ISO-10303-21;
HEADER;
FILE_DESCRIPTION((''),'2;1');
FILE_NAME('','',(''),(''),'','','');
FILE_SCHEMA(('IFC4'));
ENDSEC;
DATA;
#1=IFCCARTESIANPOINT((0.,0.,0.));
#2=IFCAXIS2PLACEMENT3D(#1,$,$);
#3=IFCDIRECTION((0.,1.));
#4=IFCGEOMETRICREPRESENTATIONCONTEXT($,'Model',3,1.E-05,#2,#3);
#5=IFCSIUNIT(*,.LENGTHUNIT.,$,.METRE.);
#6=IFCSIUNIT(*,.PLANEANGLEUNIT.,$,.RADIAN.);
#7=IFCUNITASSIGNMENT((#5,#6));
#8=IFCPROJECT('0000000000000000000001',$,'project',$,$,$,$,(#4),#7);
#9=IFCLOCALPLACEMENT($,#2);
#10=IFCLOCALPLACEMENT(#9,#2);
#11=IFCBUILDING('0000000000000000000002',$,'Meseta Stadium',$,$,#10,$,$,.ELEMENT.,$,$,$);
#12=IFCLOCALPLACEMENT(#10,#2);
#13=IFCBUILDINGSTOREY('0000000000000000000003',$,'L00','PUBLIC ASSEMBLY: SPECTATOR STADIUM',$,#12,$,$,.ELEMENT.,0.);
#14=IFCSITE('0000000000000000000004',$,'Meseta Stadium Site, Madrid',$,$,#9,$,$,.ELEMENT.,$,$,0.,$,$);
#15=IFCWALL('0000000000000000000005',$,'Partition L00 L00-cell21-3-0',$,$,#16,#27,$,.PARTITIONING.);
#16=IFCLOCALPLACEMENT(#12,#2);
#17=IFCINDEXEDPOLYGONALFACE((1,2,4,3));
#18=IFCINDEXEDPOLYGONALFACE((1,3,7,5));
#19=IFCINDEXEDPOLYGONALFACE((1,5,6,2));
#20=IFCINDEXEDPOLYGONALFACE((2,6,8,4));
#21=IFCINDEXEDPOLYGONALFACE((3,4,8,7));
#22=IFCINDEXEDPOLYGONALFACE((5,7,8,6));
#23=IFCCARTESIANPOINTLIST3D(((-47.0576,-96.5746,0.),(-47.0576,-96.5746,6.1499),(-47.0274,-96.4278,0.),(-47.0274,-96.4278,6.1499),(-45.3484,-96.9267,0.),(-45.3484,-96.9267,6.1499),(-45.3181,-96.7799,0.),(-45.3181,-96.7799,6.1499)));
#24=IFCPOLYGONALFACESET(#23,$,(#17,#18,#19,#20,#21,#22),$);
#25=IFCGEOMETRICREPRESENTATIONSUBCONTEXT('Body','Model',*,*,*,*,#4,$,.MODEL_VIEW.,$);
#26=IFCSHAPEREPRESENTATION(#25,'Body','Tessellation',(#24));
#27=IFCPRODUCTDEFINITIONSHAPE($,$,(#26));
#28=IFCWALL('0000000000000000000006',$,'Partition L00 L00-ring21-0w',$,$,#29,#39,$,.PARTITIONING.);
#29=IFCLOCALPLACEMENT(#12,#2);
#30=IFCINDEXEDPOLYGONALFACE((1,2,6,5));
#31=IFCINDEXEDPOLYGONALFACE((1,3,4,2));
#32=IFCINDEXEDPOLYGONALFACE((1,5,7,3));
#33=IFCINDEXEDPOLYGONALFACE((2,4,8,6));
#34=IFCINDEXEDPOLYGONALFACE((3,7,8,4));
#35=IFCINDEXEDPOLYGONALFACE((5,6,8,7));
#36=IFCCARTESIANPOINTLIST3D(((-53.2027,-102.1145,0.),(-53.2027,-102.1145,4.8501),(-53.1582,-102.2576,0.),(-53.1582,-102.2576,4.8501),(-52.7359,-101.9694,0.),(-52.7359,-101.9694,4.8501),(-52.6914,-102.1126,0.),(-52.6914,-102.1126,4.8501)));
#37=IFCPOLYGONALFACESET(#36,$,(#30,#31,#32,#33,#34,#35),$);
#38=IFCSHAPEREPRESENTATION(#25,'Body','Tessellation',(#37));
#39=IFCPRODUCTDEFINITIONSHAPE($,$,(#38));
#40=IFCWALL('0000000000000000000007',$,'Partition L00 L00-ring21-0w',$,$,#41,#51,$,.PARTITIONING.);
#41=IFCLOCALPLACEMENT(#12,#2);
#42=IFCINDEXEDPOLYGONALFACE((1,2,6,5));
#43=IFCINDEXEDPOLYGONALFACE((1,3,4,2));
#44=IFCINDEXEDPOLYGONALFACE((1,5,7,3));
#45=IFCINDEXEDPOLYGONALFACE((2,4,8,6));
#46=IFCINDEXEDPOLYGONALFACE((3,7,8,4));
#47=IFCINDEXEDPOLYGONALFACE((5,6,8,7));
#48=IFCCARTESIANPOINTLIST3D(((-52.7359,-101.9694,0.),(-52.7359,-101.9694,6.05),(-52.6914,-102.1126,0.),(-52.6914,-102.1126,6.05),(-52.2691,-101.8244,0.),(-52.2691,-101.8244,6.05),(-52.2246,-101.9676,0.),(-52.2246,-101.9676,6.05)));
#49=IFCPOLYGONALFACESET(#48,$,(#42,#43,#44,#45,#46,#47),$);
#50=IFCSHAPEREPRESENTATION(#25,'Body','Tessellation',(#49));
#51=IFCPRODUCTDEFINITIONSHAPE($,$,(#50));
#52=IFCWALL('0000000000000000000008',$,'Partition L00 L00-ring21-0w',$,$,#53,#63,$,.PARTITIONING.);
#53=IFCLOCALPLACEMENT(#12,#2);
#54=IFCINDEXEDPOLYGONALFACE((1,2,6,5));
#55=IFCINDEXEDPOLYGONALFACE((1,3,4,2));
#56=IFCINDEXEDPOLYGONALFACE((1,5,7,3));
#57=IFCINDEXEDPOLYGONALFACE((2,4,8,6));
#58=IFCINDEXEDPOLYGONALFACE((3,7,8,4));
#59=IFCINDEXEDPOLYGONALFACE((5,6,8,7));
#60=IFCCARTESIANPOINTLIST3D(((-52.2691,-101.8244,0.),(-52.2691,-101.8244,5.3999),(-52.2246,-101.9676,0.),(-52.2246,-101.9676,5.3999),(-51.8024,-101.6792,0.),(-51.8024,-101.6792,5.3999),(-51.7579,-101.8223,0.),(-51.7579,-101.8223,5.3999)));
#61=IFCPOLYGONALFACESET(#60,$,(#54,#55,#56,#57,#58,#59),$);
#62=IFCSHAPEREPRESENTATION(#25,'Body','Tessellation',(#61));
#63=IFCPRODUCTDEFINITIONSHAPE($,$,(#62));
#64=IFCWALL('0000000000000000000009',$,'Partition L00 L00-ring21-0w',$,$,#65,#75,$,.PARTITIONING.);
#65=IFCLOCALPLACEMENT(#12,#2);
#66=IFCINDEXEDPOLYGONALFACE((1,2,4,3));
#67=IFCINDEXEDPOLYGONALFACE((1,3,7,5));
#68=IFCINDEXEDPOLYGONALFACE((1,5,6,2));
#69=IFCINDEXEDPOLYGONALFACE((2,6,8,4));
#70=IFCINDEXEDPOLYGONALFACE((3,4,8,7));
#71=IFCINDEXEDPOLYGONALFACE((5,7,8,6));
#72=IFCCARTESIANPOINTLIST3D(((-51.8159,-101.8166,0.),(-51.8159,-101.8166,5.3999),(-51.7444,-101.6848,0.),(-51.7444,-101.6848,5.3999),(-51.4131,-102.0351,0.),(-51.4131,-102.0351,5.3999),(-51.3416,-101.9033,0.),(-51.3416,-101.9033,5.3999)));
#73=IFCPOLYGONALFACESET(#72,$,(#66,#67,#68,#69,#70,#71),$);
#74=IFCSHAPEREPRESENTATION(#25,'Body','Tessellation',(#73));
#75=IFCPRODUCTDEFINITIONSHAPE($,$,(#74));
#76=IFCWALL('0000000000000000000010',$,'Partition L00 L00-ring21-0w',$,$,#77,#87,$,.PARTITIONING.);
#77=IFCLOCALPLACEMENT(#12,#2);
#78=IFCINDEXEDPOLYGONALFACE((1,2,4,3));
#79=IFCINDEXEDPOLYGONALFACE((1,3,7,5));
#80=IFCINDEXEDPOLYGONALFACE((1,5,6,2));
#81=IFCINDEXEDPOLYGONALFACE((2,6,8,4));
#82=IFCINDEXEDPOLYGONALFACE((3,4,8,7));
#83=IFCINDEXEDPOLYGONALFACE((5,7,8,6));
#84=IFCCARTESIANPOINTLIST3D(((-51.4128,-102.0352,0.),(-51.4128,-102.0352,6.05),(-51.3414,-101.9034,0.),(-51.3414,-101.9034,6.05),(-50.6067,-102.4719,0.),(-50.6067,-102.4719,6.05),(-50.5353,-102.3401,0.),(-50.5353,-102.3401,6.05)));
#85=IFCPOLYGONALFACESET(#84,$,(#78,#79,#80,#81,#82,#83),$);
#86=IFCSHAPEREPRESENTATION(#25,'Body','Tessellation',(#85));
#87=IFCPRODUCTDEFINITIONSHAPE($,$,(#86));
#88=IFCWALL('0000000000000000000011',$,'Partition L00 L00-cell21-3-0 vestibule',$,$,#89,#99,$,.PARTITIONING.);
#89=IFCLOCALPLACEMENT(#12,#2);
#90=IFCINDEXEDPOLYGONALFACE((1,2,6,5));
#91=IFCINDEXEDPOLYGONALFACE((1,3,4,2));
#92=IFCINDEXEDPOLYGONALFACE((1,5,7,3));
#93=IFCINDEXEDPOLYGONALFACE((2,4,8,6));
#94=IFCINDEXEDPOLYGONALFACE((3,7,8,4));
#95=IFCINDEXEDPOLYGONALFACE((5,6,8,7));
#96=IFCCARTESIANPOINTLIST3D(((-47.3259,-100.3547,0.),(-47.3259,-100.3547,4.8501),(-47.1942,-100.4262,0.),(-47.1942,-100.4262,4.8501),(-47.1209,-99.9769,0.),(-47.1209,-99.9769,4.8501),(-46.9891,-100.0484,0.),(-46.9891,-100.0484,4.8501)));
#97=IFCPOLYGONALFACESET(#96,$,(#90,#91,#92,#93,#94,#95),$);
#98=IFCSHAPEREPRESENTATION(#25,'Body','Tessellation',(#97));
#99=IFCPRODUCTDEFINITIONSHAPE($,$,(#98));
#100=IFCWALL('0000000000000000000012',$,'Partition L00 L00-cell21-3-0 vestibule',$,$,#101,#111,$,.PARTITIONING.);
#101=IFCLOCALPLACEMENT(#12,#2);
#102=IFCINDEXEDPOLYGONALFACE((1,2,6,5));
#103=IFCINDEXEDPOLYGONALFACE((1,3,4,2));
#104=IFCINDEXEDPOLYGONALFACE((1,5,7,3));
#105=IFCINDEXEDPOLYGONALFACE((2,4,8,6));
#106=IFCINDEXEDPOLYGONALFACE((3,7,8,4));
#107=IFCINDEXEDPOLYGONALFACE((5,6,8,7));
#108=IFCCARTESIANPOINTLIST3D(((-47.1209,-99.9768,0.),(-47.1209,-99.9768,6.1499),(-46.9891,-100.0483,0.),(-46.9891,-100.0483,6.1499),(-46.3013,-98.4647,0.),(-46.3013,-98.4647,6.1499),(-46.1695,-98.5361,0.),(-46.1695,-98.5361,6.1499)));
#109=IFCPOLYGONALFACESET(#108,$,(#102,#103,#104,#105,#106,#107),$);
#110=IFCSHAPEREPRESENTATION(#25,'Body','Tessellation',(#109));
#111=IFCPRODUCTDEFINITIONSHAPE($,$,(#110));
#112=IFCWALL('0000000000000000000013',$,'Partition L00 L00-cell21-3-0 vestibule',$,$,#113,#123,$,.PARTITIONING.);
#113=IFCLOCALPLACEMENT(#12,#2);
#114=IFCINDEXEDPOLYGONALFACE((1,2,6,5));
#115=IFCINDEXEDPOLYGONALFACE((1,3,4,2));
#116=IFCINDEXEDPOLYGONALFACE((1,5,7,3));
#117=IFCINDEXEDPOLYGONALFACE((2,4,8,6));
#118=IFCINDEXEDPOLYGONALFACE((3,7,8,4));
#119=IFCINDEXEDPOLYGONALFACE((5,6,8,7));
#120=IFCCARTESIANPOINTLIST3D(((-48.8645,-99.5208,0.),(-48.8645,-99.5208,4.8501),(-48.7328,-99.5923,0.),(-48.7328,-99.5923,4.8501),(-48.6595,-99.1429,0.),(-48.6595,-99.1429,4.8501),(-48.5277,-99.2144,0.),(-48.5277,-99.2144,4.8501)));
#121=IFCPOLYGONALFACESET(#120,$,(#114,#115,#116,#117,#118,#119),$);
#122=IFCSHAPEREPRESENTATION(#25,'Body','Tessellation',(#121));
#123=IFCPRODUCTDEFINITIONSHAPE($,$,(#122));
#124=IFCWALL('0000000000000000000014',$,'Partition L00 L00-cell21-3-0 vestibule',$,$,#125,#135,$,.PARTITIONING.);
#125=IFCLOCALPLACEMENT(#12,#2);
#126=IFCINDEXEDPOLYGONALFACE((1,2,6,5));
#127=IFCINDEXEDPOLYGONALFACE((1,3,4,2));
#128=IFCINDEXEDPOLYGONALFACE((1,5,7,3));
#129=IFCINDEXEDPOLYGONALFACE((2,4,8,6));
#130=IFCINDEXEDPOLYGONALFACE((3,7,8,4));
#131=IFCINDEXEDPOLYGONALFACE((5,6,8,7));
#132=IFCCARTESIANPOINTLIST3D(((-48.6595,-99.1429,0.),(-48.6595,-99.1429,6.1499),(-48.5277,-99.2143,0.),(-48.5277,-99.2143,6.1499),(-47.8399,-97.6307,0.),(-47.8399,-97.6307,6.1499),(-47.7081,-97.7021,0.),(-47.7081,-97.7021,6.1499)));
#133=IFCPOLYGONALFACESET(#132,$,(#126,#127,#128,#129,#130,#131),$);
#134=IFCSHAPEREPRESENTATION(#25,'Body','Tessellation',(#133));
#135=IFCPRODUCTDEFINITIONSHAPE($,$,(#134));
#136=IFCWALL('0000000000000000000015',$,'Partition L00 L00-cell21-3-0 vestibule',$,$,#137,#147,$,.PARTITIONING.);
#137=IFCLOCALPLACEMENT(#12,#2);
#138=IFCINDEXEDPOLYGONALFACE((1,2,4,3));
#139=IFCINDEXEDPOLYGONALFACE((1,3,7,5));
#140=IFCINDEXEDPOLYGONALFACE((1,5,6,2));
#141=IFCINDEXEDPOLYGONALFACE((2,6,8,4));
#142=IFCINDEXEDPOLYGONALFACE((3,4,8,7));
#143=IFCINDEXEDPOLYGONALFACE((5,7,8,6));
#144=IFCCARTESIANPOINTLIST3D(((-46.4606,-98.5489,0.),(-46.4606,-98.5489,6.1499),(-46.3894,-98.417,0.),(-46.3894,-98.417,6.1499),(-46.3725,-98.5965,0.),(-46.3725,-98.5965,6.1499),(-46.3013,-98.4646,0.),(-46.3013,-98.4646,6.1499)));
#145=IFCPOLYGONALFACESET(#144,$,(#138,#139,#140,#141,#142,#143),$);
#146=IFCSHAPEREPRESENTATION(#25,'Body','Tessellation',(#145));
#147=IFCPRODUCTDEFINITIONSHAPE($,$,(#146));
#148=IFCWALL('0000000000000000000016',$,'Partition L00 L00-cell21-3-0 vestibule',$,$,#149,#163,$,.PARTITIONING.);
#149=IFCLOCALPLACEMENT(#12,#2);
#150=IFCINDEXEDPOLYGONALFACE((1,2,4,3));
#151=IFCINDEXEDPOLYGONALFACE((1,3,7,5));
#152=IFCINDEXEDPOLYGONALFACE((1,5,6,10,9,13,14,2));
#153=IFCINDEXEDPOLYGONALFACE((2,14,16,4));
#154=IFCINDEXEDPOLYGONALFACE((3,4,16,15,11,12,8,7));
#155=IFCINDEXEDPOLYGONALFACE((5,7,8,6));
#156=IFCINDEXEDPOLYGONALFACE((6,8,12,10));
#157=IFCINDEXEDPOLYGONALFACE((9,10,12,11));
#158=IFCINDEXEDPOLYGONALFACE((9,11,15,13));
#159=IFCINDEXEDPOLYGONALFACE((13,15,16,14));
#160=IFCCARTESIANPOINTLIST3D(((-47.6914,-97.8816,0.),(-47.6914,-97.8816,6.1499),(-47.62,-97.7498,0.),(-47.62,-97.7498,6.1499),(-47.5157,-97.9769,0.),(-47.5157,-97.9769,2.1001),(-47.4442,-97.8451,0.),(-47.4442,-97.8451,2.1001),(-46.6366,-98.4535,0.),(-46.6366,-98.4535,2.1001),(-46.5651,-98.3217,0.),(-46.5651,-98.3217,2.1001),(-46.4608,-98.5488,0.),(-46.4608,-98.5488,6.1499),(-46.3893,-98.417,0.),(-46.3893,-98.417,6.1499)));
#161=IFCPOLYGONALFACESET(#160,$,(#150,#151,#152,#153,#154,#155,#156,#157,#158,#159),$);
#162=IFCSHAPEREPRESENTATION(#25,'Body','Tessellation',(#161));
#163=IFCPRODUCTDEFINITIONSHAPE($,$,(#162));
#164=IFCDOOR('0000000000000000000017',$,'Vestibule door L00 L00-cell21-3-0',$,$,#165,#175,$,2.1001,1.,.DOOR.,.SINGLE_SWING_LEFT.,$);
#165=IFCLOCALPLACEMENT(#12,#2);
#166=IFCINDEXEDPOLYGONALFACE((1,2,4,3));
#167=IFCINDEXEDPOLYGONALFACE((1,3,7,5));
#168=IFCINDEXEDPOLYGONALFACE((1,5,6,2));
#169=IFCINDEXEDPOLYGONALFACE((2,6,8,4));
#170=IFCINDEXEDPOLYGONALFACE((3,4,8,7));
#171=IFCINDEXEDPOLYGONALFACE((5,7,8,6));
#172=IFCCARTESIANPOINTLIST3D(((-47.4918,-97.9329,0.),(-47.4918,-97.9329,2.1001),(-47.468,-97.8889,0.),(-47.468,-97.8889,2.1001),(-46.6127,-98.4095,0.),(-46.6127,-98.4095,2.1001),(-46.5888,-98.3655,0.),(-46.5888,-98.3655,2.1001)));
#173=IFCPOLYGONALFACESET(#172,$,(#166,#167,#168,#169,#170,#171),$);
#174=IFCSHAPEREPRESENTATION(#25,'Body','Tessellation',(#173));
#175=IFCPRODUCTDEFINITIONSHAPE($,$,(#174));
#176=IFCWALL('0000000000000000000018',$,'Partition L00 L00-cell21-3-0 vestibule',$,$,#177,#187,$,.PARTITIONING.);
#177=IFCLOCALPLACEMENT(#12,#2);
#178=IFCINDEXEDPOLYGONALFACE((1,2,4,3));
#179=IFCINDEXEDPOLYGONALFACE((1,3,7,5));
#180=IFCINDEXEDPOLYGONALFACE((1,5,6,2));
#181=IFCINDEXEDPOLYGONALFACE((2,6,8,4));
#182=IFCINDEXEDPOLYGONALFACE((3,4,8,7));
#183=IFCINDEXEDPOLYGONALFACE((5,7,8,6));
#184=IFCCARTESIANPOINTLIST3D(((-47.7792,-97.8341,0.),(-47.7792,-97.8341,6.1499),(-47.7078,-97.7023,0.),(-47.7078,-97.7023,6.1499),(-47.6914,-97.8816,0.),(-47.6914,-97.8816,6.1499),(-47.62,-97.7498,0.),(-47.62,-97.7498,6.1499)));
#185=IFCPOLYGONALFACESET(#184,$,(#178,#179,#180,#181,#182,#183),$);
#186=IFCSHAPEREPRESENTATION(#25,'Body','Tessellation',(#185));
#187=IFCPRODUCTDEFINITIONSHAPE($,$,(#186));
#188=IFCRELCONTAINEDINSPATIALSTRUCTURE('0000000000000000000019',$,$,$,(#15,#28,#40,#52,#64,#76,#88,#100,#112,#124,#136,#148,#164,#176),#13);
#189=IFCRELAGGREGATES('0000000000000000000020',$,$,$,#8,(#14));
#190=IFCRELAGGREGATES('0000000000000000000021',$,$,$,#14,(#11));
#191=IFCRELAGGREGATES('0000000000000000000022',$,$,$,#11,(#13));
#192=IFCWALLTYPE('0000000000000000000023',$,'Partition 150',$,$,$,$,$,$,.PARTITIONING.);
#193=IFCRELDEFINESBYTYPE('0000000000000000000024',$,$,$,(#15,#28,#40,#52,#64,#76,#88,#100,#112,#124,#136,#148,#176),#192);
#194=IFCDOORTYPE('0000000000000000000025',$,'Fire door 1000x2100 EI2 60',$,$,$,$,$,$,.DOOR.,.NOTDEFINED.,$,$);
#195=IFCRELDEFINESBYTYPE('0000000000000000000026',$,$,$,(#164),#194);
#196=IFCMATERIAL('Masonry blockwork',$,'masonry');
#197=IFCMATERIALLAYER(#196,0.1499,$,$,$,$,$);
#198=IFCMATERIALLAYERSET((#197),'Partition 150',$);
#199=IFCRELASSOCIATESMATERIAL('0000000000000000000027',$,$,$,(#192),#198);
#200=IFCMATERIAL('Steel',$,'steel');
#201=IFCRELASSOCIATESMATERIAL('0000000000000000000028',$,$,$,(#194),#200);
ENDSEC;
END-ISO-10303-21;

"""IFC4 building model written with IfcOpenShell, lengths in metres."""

from ifc_helpers import new_model, si_unit, direction, frame, frame_2d, origin, place, context, subcontext, project, spatial, rectangle, extrude, material, layer, layer_set, type_object, element, fill, save


model = new_model("IFC4")

# Units and contexts
model_context = context("Model", 3, precision=1e-05, world=origin(), true_north=direction((0.0, 1.0)))
body_context = subcontext(model_context, "Body", "Model", "MODEL_VIEW")
ifc_project = project(units=[si_unit("LENGTHUNIT", "METRE"), si_unit("PLANEANGLEUNIT", "RADIAN")], contexts=[model_context])

# Site, building, storey
site_placement = place(None, origin())
site = spatial("IfcSite", under=ifc_project, at=site_placement, Name="Meseta Stadium Site, Madrid", CompositionType="ELEMENT", RefElevation=0.0)
building_placement = place(site_placement, origin())
building = spatial("IfcBuilding", under=site, at=building_placement, Name="Meseta Stadium", CompositionType="ELEMENT")
storey_placement = place(building_placement, origin())
storey = spatial("IfcBuildingStorey", under=building, at=storey_placement, Name="L00", Description="PUBLIC ASSEMBLY: SPECTATOR STADIUM", CompositionType="ELEMENT", Elevation=0.0)

# Shared definitions
ifc_material_1 = material(Name="Masonry blockwork", Category="masonry")
ifc_layer_1 = layer(ifc_material_1, 0.1499)
ifc_layer_set_1 = layer_set([ifc_layer_1], Name="Partition 150")
wall_type_1 = type_object("IfcWallType", Name="Partition 150", PredefinedType="PARTITIONING", material=ifc_layer_set_1)
ifc_material_2 = material(Name="Steel", Category="steel")
door_type = type_object("IfcDoorType", Name="Fire door 1000x2100 EI2 60", OperationType="NOTDEFINED", PredefinedType="DOOR", material=ifc_material_2)

# Walls
wall_1_placement = place(storey_placement, frame((-47.0425, -96.5012, 0.0), z_axis=(0.0, 0.0, 1.0), x_axis=(0.97944, -0.201736, 0.0)))
element("IfcWall", 1, at=wall_1_placement, inside=storey, type_object=wall_type_1, Name="Partition L00 L00-cell21-3-0", PredefinedType="PARTITIONING", context=body_context, shape_type="SweptSolid", body=[
    extrude(rectangle(XDim=1.7451, YDim=0.1499, at=frame_2d((0.8726, 0.0))), origin(), (0.0, 0.0, 1.0), 6.1499),
])
wall_2_placement = place(storey_placement, frame((-53.1804, -102.186, 0.0), z_axis=(0.0, 0.0, 1.0), x_axis=(0.954976, 0.296682, 0.0)))
element("IfcWall", 2, at=wall_2_placement, inside=storey, type_object=wall_type_1, Name="Partition L00 L00-ring21-0w", PredefinedType="PARTITIONING", context=body_context, shape_type="SweptSolid", body=[
    extrude(rectangle(XDim=0.4888, YDim=0.1499, at=frame_2d((0.2444, 0.0))), origin(), (0.0, 0.0, 1.0), 4.8501),
])
wall_3_placement = place(storey_placement, frame((-52.7136, -102.041, 0.0), z_axis=(0.0, 0.0, 1.0), x_axis=(0.954976, 0.296682, 0.0)))
element("IfcWall", 3, at=wall_3_placement, inside=storey, type_object=wall_type_1, Name="Partition L00 L00-ring21-0w", PredefinedType="PARTITIONING", context=body_context, shape_type="SweptSolid", body=[
    extrude(rectangle(XDim=0.4888, YDim=0.1499, at=frame_2d((0.2444, 0.0))), origin(), (0.0, 0.0, 1.0), 6.05),
])
wall_4_placement = place(storey_placement, frame((-52.2468, -101.896, 0.0), z_axis=(0.0, 0.0, 1.0), x_axis=(0.954835, 0.297137, 0.0)))
element("IfcWall", 4, at=wall_4_placement, inside=storey, type_object=wall_type_1, Name="Partition L00 L00-ring21-0w", PredefinedType="PARTITIONING", context=body_context, shape_type="SweptSolid", body=[
    extrude(rectangle(XDim=0.4888, YDim=0.1499, at=frame_2d((0.2444, 0.0))), origin(), (0.0, 0.0, 1.0), 5.3999),
])
wall_5_placement = place(storey_placement, frame((-51.78, -101.7507, 0.0), z_axis=(0.0, 0.0, 1.0), x_axis=(0.879013, -0.476798, 0.0)))
element("IfcWall", 5, at=wall_5_placement, inside=storey, type_object=wall_type_1, Name="Partition L00 L00-ring21-0w", PredefinedType="PARTITIONING", context=body_context, shape_type="SweptSolid", body=[
    extrude(rectangle(XDim=0.4583, YDim=0.1499, at=frame_2d((0.229, 0.0))), origin(), (0.0, 0.0, 1.0), 5.3999),
])
wall_6_placement = place(storey_placement, frame((-51.3772, -101.9692, 0.0), z_axis=(0.0, 0.0, 1.0), x_axis=(0.879245, -0.476369, 0.0)))
element("IfcWall", 6, at=wall_6_placement, inside=storey, type_object=wall_type_1, Name="Partition L00 L00-ring21-0w", PredefinedType="PARTITIONING", context=body_context, shape_type="SweptSolid", body=[
    extrude(rectangle(XDim=0.9167, YDim=0.1499, at=frame_2d((0.4585, 0.0))), origin(), (0.0, 0.0, 1.0), 6.05),
])
wall_7_placement = place(storey_placement, frame((-47.26, -100.3904, 0.0), z_axis=(0.0, 0.0, 1.0), x_axis=(0.476941, 0.878935, 0.0)))
element("IfcWall", 7, at=wall_7_placement, inside=storey, type_object=wall_type_1, Name="Partition L00 L00-cell21-3-0 vestibule", PredefinedType="PARTITIONING", context=body_context, shape_type="SweptSolid", body=[
    extrude(rectangle(XDim=0.4299, YDim=0.1499, at=frame_2d((0.2148, 0.0))), origin(), (0.0, 0.0, 1.0), 4.8501),
])
wall_8_placement = place(storey_placement, frame((-47.0549, -100.0125, 0.0), z_axis=(0.0, 0.0, 1.0), x_axis=(0.476493, 0.879178, 0.0)))
element("IfcWall", 8, at=wall_8_placement, inside=storey, type_object=wall_type_1, Name="Partition L00 L00-cell21-3-0 vestibule", PredefinedType="PARTITIONING", context=body_context, shape_type="SweptSolid", body=[
    extrude(rectangle(XDim=1.72, YDim=0.1499, at=frame_2d((0.8599, 0.0))), origin(), (0.0, 0.0, 1.0), 6.1499),
])
wall_9_placement = place(storey_placement, frame((-48.7986, -99.5564, 0.0), z_axis=(0.0, 0.0, 1.0), x_axis=(0.476941, 0.878935, 0.0)))
element("IfcWall", 9, at=wall_9_placement, inside=storey, type_object=wall_type_1, Name="Partition L00 L00-cell21-3-0 vestibule", PredefinedType="PARTITIONING", context=body_context, shape_type="SweptSolid", body=[
    extrude(rectangle(XDim=0.4299, YDim=0.1499, at=frame_2d((0.2148, 0.0))), origin(), (0.0, 0.0, 1.0), 4.8501),
])
wall_10_placement = place(storey_placement, frame((-48.5935, -99.1785, 0.0), z_axis=(0.0, 0.0, 1.0), x_axis=(0.476493, 0.879178, 0.0)))
element("IfcWall", 10, at=wall_10_placement, inside=storey, type_object=wall_type_1, Name="Partition L00 L00-cell21-3-0 vestibule", PredefinedType="PARTITIONING", context=body_context, shape_type="SweptSolid", body=[
    extrude(rectangle(XDim=1.72, YDim=0.1499, at=frame_2d((0.8599, 0.0))), origin(), (0.0, 0.0, 1.0), 6.1499),
])
wall_11_placement = place(storey_placement, frame((-46.3369, -98.5305, 0.0), z_axis=(0.0, 0.0, 1.0), x_axis=(-0.879844, 0.475262, 0.0)))
element("IfcWall", 11, at=wall_11_placement, inside=storey, type_object=wall_type_1, Name="Partition L00 L00-cell21-3-0 vestibule", PredefinedType="PARTITIONING", context=body_context, shape_type="SweptSolid", body=[
    extrude(rectangle(XDim=0.1001, YDim=0.1499, at=frame_2d((0.05, 0.0))), origin(), (0.0, 0.0, 1.0), 6.1499),
])

# Wall, opening, door
wall_12_placement = place(storey_placement, frame((-46.425, -98.4829, 0.0), z_axis=(0.0, 0.0, 1.0), x_axis=(-0.879112, 0.476615, 0.0)))
wall_12 = element("IfcWall", 12, at=wall_12_placement, inside=storey, type_object=wall_type_1, Name="Partition L00 L00-cell21-3-0 vestibule", PredefinedType="PARTITIONING", context=body_context, shape_type="SweptSolid", body=[
    extrude(rectangle(XDim=1.3999, YDim=0.1499, at=frame_2d((0.7, 0.0))), origin(), (0.0, 0.0, 1.0), 6.1499),
])
opening_1_placement = place(wall_12_placement, frame((0.2, 0.0, 0.0)))
opening_1 = element("IfcOpeningElement", 13, at=opening_1_placement, cuts=wall_12, PredefinedType="OPENING", context=body_context, shape_type="SweptSolid", body=[
    extrude(rectangle(XDim=1.0, YDim=2.1001, at=frame_2d((0.5, 1.05))), frame((0.0, 0.085, 0.0), z_axis=(0.0, -1.0, 0.0), x_axis=(1.0, 0.0, 0.0)), (0.0, 0.0, 1.0), 0.1699),
])
door_1_placement = place(opening_1_placement, origin())
door_1 = element("IfcDoor", 14, at=door_1_placement, inside=storey, type_object=door_type, Name="Vestibule door L00 L00-cell21-3-0", OperationType="SINGLE_SWING_LEFT", OverallHeight=2.1001, OverallWidth=1.0, PredefinedType="DOOR", context=body_context, shape_type="SweptSolid", body=[
    extrude(rectangle(XDim=1.0, YDim=2.1001, at=frame_2d((0.5, 1.05))), frame((0.0, 0.0249, 0.0), z_axis=(0.0, -1.0, 0.0), x_axis=(1.0, 0.0, 0.0)), (0.0, 0.0, 1.0), 0.05),
])
fill(opening_1, door_1)

# Wall
wall_13_placement = place(storey_placement, frame((-47.6558, -97.8157, 0.0), z_axis=(0.0, 0.0, 1.0), x_axis=(-0.879292, 0.476283, 0.0)))
element("IfcWall", 15, at=wall_13_placement, inside=storey, type_object=wall_type_1, Name="Partition L00 L00-cell21-3-0 vestibule", PredefinedType="PARTITIONING", context=body_context, shape_type="SweptSolid", body=[
    extrude(rectangle(XDim=0.0999, YDim=0.1499, at=frame_2d((0.0498, 0.0))), origin(), (0.0, 0.0, 1.0), 6.1499),
])

save(model, "model.ifc")
